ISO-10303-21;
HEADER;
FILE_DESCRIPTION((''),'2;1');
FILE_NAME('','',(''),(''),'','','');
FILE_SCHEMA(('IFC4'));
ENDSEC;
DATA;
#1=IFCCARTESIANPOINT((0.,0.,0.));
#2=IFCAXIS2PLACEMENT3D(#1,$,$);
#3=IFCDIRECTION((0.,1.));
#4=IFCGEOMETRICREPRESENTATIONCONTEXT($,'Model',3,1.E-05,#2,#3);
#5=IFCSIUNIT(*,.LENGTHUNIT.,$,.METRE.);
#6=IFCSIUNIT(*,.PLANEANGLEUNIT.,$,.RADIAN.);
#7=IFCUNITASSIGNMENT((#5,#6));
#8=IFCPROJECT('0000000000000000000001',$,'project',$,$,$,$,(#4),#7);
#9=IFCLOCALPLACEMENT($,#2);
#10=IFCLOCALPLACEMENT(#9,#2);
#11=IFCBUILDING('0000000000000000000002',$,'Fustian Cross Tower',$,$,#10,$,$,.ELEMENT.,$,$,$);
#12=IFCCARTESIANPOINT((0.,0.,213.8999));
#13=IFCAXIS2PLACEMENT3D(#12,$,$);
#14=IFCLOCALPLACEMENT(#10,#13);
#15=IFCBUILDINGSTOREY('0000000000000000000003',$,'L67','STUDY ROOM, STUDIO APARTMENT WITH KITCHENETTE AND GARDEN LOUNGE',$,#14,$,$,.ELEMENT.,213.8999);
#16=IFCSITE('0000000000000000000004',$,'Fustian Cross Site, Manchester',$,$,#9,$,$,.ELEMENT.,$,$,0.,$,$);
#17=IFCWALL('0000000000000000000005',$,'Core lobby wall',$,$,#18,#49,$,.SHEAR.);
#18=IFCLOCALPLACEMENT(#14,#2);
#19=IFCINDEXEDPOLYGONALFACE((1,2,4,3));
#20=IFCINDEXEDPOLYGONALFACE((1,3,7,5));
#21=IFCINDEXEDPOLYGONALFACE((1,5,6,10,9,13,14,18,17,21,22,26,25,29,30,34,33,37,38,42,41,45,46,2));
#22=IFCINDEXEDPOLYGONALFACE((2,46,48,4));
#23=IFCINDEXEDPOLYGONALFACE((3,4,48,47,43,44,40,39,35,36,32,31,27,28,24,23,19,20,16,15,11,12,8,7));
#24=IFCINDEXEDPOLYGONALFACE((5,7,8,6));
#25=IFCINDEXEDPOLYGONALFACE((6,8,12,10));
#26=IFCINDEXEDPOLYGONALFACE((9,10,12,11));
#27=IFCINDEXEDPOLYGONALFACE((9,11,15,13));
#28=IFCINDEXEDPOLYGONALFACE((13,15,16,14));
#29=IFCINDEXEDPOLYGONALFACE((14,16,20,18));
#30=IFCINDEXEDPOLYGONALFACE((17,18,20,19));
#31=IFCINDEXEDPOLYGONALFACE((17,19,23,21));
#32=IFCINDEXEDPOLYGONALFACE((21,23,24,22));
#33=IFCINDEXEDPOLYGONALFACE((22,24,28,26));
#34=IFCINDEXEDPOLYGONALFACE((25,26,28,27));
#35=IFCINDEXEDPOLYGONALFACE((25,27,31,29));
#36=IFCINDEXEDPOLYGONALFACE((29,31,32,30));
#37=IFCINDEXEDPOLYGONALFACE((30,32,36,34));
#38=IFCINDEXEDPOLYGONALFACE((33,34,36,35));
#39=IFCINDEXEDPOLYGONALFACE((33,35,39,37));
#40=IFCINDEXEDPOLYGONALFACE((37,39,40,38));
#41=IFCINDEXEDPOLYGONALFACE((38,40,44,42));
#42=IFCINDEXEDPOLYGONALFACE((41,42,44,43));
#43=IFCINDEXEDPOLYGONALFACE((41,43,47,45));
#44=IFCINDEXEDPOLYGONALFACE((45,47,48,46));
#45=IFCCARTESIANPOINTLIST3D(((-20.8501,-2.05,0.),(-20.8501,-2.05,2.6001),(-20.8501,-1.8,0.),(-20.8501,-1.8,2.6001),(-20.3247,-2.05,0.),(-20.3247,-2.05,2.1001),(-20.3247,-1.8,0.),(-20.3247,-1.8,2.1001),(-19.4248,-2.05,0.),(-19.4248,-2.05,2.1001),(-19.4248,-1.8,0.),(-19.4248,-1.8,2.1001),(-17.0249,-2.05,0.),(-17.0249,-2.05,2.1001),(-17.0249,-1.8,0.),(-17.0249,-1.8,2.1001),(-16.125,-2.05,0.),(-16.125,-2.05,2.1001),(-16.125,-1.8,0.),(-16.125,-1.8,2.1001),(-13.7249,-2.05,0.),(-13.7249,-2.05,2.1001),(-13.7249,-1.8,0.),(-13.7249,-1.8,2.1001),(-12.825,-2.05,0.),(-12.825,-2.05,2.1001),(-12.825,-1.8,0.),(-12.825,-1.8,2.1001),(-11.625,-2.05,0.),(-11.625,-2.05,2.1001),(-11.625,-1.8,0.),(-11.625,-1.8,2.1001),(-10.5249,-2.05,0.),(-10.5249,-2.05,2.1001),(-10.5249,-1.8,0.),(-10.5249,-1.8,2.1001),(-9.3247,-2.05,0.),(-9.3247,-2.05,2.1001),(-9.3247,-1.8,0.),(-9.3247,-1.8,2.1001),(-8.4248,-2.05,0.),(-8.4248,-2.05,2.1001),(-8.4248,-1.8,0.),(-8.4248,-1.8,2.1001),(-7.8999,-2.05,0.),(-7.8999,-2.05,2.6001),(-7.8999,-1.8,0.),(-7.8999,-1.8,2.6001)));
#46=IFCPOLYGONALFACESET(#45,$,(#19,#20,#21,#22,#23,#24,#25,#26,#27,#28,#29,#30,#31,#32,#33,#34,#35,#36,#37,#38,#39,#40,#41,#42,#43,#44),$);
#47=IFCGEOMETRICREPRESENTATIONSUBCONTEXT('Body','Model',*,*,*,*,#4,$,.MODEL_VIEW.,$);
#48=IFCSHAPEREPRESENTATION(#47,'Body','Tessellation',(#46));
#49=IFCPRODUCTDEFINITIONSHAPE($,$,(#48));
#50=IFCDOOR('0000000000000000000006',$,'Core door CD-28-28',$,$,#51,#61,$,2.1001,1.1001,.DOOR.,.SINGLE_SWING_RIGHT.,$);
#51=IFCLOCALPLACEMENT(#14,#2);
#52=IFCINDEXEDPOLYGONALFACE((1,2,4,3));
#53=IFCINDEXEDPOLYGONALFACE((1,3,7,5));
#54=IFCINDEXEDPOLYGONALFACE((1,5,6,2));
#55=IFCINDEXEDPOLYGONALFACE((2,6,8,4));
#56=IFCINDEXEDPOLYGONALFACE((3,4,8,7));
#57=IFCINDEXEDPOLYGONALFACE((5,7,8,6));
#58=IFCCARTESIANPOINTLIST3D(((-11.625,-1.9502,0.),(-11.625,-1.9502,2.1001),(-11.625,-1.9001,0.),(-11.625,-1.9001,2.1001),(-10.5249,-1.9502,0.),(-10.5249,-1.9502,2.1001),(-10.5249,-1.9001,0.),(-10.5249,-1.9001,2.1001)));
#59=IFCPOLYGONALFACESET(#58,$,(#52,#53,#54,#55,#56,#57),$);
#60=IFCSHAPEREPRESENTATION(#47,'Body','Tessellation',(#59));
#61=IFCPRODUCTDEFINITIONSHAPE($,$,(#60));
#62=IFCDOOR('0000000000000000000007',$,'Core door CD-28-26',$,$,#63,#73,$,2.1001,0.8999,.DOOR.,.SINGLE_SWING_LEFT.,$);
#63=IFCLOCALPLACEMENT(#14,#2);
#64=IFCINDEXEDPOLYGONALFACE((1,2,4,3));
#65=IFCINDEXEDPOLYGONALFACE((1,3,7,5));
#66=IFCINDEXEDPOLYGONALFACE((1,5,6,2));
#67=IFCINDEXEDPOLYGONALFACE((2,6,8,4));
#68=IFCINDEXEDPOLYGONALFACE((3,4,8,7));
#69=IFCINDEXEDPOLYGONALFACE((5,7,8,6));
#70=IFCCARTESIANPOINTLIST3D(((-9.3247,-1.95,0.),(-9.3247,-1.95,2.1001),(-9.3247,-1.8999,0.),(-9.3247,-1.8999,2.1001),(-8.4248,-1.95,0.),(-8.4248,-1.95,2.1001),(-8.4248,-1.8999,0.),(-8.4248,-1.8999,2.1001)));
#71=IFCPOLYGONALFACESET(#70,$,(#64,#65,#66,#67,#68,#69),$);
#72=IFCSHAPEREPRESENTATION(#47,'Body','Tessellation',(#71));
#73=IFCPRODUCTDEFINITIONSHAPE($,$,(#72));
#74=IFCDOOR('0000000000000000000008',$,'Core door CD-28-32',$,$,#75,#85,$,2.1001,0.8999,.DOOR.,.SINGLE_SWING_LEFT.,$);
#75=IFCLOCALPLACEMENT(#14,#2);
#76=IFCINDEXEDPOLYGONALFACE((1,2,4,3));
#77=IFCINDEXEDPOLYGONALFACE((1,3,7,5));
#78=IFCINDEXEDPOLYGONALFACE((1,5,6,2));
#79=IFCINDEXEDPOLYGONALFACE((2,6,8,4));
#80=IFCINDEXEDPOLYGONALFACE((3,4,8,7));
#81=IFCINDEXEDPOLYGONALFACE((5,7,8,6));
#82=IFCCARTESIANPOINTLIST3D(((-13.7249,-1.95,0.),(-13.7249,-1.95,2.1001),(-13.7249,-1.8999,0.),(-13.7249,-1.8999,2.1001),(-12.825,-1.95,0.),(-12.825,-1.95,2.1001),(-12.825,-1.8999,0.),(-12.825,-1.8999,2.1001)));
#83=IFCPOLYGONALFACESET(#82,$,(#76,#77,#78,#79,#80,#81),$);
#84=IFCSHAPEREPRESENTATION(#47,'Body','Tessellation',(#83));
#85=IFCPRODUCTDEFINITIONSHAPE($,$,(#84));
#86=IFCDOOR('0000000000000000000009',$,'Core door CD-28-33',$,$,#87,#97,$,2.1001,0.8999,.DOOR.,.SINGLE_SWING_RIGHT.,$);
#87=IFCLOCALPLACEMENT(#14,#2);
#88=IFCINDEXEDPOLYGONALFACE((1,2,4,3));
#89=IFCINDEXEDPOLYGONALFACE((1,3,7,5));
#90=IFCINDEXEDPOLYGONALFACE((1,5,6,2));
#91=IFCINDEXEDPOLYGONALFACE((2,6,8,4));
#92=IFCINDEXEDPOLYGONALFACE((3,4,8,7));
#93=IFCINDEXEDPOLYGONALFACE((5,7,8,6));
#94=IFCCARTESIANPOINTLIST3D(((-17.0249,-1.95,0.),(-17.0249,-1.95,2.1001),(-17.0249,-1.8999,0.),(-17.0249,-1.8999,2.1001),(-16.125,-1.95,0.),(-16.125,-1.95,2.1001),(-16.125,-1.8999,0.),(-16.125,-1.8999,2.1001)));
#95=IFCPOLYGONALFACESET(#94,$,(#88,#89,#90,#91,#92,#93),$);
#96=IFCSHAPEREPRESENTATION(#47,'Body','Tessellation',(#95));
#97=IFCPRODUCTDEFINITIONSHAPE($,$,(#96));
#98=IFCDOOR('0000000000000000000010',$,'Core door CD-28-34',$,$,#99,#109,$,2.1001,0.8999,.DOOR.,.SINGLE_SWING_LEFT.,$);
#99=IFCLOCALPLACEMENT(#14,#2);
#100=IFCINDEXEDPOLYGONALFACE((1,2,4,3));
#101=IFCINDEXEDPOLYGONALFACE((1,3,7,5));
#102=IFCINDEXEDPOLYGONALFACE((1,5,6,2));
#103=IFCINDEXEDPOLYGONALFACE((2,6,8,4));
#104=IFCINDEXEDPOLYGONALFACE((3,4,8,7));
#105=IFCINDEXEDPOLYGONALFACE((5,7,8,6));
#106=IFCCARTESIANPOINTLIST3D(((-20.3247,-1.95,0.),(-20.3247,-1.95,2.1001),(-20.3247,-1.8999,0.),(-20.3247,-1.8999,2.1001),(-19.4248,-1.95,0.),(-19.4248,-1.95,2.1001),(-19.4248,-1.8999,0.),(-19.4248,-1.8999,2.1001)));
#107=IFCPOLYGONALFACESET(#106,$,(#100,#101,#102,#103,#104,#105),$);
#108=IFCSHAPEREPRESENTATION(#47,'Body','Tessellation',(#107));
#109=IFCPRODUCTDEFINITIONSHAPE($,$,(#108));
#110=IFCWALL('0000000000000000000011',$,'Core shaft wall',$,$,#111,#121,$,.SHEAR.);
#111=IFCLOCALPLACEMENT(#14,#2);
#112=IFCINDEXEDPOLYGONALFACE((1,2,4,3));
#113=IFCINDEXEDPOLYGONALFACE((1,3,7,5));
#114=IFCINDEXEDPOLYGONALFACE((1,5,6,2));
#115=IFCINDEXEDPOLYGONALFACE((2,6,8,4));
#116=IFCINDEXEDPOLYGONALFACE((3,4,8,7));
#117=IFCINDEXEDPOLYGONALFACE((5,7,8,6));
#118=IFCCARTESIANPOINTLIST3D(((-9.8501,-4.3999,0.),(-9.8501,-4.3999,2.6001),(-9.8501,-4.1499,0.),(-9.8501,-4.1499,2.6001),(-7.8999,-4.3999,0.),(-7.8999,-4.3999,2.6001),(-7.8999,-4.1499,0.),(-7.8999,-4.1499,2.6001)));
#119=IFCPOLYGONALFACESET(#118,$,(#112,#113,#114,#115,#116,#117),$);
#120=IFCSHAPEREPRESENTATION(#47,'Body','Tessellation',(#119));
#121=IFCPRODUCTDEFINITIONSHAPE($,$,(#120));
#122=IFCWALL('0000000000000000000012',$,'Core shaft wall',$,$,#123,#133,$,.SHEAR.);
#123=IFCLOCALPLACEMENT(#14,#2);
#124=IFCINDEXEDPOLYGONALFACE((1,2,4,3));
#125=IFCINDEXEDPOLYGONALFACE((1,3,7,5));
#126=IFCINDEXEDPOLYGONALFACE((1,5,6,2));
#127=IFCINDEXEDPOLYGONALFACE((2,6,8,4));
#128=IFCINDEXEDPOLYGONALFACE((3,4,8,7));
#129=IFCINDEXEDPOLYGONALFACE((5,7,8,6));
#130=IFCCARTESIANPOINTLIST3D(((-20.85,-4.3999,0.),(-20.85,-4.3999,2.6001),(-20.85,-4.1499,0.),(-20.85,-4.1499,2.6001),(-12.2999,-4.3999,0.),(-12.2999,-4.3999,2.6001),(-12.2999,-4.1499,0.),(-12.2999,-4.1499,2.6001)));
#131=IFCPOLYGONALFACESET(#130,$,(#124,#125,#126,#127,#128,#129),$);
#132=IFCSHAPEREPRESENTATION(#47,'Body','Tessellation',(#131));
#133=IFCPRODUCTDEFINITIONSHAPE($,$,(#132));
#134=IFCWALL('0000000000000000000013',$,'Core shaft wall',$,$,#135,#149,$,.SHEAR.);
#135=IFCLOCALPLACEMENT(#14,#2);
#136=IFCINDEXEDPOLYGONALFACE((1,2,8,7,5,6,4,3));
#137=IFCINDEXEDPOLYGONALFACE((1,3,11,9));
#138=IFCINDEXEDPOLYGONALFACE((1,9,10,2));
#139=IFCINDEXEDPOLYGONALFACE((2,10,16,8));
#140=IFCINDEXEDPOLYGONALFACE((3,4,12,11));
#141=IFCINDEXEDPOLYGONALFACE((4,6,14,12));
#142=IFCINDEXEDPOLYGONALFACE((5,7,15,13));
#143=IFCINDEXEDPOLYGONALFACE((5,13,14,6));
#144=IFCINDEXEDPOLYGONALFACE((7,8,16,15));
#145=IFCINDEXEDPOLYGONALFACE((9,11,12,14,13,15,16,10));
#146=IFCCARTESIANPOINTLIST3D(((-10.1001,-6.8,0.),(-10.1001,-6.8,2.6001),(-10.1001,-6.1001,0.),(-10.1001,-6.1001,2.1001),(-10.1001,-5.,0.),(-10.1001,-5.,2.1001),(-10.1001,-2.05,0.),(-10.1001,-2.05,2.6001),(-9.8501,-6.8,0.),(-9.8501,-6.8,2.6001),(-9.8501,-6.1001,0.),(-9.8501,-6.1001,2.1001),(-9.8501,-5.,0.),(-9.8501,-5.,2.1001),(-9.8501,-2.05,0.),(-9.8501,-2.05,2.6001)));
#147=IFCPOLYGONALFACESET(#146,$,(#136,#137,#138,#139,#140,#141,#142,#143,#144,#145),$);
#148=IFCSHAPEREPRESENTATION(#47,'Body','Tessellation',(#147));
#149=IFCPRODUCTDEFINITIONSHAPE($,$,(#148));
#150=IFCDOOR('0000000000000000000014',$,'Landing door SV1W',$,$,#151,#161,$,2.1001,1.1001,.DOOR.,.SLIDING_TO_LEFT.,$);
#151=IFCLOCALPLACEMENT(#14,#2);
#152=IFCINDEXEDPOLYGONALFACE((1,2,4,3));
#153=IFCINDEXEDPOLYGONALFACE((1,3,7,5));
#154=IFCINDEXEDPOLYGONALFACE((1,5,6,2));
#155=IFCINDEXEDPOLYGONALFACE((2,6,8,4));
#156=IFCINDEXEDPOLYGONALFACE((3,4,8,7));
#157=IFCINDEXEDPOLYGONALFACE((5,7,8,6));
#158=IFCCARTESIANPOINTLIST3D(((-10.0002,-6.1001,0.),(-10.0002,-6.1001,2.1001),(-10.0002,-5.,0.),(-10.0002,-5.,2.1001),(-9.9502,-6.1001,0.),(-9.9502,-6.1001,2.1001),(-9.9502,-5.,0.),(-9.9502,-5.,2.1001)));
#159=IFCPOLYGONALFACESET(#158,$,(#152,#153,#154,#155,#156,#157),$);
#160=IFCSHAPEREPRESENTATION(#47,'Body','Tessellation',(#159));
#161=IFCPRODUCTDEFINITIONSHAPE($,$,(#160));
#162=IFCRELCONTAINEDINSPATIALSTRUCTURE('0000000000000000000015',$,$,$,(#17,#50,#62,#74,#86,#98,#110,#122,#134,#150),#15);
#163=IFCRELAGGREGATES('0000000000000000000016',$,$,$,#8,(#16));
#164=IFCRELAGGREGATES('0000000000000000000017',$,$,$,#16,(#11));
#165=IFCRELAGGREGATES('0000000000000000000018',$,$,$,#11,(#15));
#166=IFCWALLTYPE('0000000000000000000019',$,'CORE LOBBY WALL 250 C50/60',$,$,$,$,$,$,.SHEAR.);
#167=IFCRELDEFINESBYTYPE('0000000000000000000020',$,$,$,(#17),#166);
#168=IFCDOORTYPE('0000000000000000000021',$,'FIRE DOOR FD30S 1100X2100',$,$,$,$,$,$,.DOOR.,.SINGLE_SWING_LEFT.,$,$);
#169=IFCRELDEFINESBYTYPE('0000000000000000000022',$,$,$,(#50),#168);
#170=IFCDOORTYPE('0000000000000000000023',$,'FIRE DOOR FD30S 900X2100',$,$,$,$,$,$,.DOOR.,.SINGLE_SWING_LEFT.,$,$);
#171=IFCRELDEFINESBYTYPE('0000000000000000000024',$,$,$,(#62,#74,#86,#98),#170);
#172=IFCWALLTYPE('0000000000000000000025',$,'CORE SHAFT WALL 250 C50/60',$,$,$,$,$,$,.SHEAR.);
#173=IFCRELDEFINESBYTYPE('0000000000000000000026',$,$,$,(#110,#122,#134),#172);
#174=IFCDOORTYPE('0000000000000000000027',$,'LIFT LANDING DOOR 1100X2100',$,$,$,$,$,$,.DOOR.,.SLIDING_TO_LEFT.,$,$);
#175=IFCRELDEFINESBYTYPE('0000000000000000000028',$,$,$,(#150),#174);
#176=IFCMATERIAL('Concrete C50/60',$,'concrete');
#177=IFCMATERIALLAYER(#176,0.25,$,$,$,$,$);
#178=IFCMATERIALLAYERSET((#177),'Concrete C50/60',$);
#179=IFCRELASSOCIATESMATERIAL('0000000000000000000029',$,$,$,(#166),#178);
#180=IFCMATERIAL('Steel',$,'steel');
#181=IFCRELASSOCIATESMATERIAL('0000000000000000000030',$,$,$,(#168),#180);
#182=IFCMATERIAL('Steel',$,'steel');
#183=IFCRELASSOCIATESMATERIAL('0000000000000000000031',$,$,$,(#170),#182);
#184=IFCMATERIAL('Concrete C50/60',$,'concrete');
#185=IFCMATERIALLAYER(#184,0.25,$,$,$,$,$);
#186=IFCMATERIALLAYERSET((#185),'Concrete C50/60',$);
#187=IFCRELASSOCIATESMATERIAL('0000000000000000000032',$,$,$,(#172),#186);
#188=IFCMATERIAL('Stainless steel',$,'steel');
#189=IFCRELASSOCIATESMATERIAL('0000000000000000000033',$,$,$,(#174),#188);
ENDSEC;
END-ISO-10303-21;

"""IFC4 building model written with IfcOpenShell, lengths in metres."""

from ifc_helpers import new_model, si_unit, direction, frame, frame_2d, origin, place, context, subcontext, project, spatial, rectangle, extrude, material, layer, layer_set, type_object, element, fill, save


model = new_model("IFC4")

# Units and contexts
model_context = context("Model", 3, precision=1e-05, world=origin(), true_north=direction((0.0, 1.0)))
body_context = subcontext(model_context, "Body", "Model", "MODEL_VIEW")
ifc_project = project(units=[si_unit("LENGTHUNIT", "METRE"), si_unit("PLANEANGLEUNIT", "RADIAN")], contexts=[model_context])

# Site, building, storey
site_placement = place(None, origin())
site = spatial("IfcSite", under=ifc_project, at=site_placement, Name="Fustian Cross Site, Manchester", CompositionType="ELEMENT", RefElevation=0.0)
building_placement = place(site_placement, origin())
building = spatial("IfcBuilding", under=site, at=building_placement, Name="Fustian Cross Tower", CompositionType="ELEMENT")
storey_placement = place(building_placement, frame((0.0, 0.0, 213.8999)))
storey = spatial("IfcBuildingStorey", under=building, at=storey_placement, Name="L67", Description="STUDY ROOM, STUDIO APARTMENT WITH KITCHENETTE AND GARDEN LOUNGE", CompositionType="ELEMENT", Elevation=213.8999)

# Wall, openings, doors
ifc_material_1 = material(Name="Concrete C50/60", Category="concrete")
ifc_layer_1 = layer(ifc_material_1, 0.25)
ifc_layer_set_1 = layer_set([ifc_layer_1], Name="Concrete C50/60")
wall_type_1 = type_object("IfcWallType", Name="CORE LOBBY WALL 250 C50/60", PredefinedType="SHEAR", material=ifc_layer_set_1)
wall_1_placement = place(storey_placement, frame((-7.8999, -1.925, 0.0), z_axis=(0.0, 0.0, 1.0), x_axis=(-1.0, 0.0, 0.0)))
wall_1 = element("IfcWall", 1, at=wall_1_placement, inside=storey, type_object=wall_type_1, Name="Core lobby wall", PredefinedType="SHEAR", context=body_context, shape_type="SweptSolid", body=[
    extrude(rectangle(XDim=12.9502, YDim=0.25, at=frame_2d((6.4751, 0.0))), origin(), (0.0, 0.0, 1.0), 2.6001),
])
opening_1_placement = place(wall_1_placement, frame((0.5249, 0.0, 0.0)))
opening_1 = element("IfcOpeningElement", 2, at=opening_1_placement, cuts=wall_1, PredefinedType="OPENING", context=body_context, shape_type="SweptSolid", body=[
    extrude(rectangle(XDim=0.8999, YDim=2.1001, at=frame_2d((0.45, 1.05))), frame((0.0, 0.135, 0.0), z_axis=(0.0, -1.0, 0.0), x_axis=(1.0, 0.0, 0.0)), (0.0, 0.0, 1.0), 0.27),
])
opening_2_placement = place(wall_1_placement, frame((2.625, 0.0, 0.0)))
opening_2 = element("IfcOpeningElement", 3, at=opening_2_placement, cuts=wall_1, PredefinedType="OPENING", context=body_context, shape_type="SweptSolid", body=[
    extrude(rectangle(XDim=1.1001, YDim=2.1001, at=frame_2d((0.55, 1.05))), frame((0.0, 0.135, 0.0), z_axis=(0.0, -1.0, 0.0), x_axis=(1.0, 0.0, 0.0)), (0.0, 0.0, 1.0), 0.27),
])
opening_3_placement = place(wall_1_placement, frame((4.925, 0.0, 0.0)))
opening_3 = element("IfcOpeningElement", 4, at=opening_3_placement, cuts=wall_1, PredefinedType="OPENING", context=body_context, shape_type="SweptSolid", body=[
    extrude(rectangle(XDim=0.8999, YDim=2.1001, at=frame_2d((0.45, 1.05))), frame((0.0, 0.135, 0.0), z_axis=(0.0, -1.0, 0.0), x_axis=(1.0, 0.0, 0.0)), (0.0, 0.0, 1.0), 0.27),
])
opening_4_placement = place(wall_1_placement, frame((8.2251, 0.0, 0.0)))
opening_4 = element("IfcOpeningElement", 5, at=opening_4_placement, cuts=wall_1, PredefinedType="OPENING", context=body_context, shape_type="SweptSolid", body=[
    extrude(rectangle(XDim=0.8999, YDim=2.1001, at=frame_2d((0.45, 1.05))), frame((0.0, 0.135, 0.0), z_axis=(0.0, -1.0, 0.0), x_axis=(1.0, 0.0, 0.0)), (0.0, 0.0, 1.0), 0.27),
])
opening_5_placement = place(wall_1_placement, frame((11.5249, 0.0, 0.0)))
opening_5 = element("IfcOpeningElement", 6, at=opening_5_placement, cuts=wall_1, PredefinedType="OPENING", context=body_context, shape_type="SweptSolid", body=[
    extrude(rectangle(XDim=0.8999, YDim=2.1001, at=frame_2d((0.45, 1.05))), frame((0.0, 0.135, 0.0), z_axis=(0.0, -1.0, 0.0), x_axis=(1.0, 0.0, 0.0)), (0.0, 0.0, 1.0), 0.27),
])
ifc_material_2 = material(Name="Steel", Category="steel")
door_type_1 = type_object("IfcDoorType", Name="FIRE DOOR FD30S 1100X2100", OperationType="SINGLE_SWING_LEFT", PredefinedType="DOOR", material=ifc_material_2)
door_1_placement = place(opening_2_placement, frame((1.1001, 0.0, 0.0), z_axis=(0.0, 0.0, 1.0), x_axis=(-1.0, 0.0, 0.0)))
door_1 = element("IfcDoor", 7, at=door_1_placement, inside=storey, type_object=door_type_1, Name="Core door CD-28-28", OperationType="SINGLE_SWING_RIGHT", OverallHeight=2.1001, OverallWidth=1.1001, PredefinedType="DOOR", context=body_context, shape_type="SweptSolid", body=[
    extrude(rectangle(XDim=1.1001, YDim=2.1001, at=frame_2d((0.55, 1.05))), frame((0.0, 0.0249, 0.0), z_axis=(0.0, -1.0, 0.0), x_axis=(1.0, 0.0, 0.0)), (0.0, 0.0, 1.0), 0.05),
])
fill(opening_2, door_1)
ifc_material_3 = material(Name="Steel", Category="steel")
door_type_2 = type_object("IfcDoorType", Name="FIRE DOOR FD30S 900X2100", OperationType="SINGLE_SWING_LEFT", PredefinedType="DOOR", material=ifc_material_3)
door_2_placement = place(opening_1_placement, origin())
door_2 = element("IfcDoor", 8, at=door_2_placement, inside=storey, type_object=door_type_2, Name="Core door CD-28-26", OperationType="SINGLE_SWING_LEFT", OverallHeight=2.1001, OverallWidth=0.8999, PredefinedType="DOOR", context=body_context, shape_type="SweptSolid", body=[
    extrude(rectangle(XDim=0.8999, YDim=2.1001, at=frame_2d((0.45, 1.05))), frame((0.0, 0.0249, 0.0), z_axis=(0.0, -1.0, 0.0), x_axis=(1.0, 0.0, 0.0)), (0.0, 0.0, 1.0), 0.05),
])
fill(opening_1, door_2)
door_3_placement = place(opening_3_placement, origin())
door_3 = element("IfcDoor", 9, at=door_3_placement, inside=storey, type_object=door_type_2, Name="Core door CD-28-32", OperationType="SINGLE_SWING_LEFT", OverallHeight=2.1001, OverallWidth=0.8999, PredefinedType="DOOR", context=body_context, shape_type="SweptSolid", body=[
    extrude(rectangle(XDim=0.8999, YDim=2.1001, at=frame_2d((0.45, 1.05))), frame((0.0, 0.0249, 0.0), z_axis=(0.0, -1.0, 0.0), x_axis=(1.0, 0.0, 0.0)), (0.0, 0.0, 1.0), 0.05),
])
fill(opening_3, door_3)
door_4_placement = place(opening_4_placement, origin())
door_4 = element("IfcDoor", 10, at=door_4_placement, inside=storey, type_object=door_type_2, Name="Core door CD-28-33", OperationType="SINGLE_SWING_RIGHT", OverallHeight=2.1001, OverallWidth=0.8999, PredefinedType="DOOR", context=body_context, shape_type="SweptSolid", body=[
    extrude(rectangle(XDim=0.8999, YDim=2.1001, at=frame_2d((0.45, 1.05))), frame((0.0, 0.0249, 0.0), z_axis=(0.0, -1.0, 0.0), x_axis=(1.0, 0.0, 0.0)), (0.0, 0.0, 1.0), 0.05),
])
fill(opening_4, door_4)
door_5_placement = place(opening_5_placement, origin())
door_5 = element("IfcDoor", 11, at=door_5_placement, inside=storey, type_object=door_type_2, Name="Core door CD-28-34", OperationType="SINGLE_SWING_LEFT", OverallHeight=2.1001, OverallWidth=0.8999, PredefinedType="DOOR", context=body_context, shape_type="SweptSolid", body=[
    extrude(rectangle(XDim=0.8999, YDim=2.1001, at=frame_2d((0.45, 1.05))), frame((0.0, 0.0249, 0.0), z_axis=(0.0, -1.0, 0.0), x_axis=(1.0, 0.0, 0.0)), (0.0, 0.0, 1.0), 0.05),
])
fill(opening_5, door_5)

# Walls
ifc_material_4 = material(Name="Concrete C50/60", Category="concrete")
ifc_layer_2 = layer(ifc_material_4, 0.25)
ifc_layer_set_2 = layer_set([ifc_layer_2], Name="Concrete C50/60")
wall_type_2 = type_object("IfcWallType", Name="CORE SHAFT WALL 250 C50/60", PredefinedType="SHEAR", material=ifc_layer_set_2)
wall_2_placement = place(storey_placement, frame((-7.8999, -4.2749, 0.0), z_axis=(0.0, 0.0, 1.0), x_axis=(-1.0, 0.0, 0.0)))
element("IfcWall", 12, at=wall_2_placement, inside=storey, type_object=wall_type_2, Name="Core shaft wall", PredefinedType="SHEAR", context=body_context, shape_type="SweptSolid", body=[
    extrude(rectangle(XDim=1.9502, YDim=0.25, at=frame_2d((0.9751, 0.0))), origin(), (0.0, 0.0, 1.0), 2.6001),
])
wall_3_placement = place(storey_placement, frame((-12.3, -4.2749, 0.0), z_axis=(0.0, 0.0, 1.0), x_axis=(-1.0, 0.0, 0.0)))
element("IfcWall", 13, at=wall_3_placement, inside=storey, type_object=wall_type_2, Name="Core shaft wall", PredefinedType="SHEAR", context=body_context, shape_type="SweptSolid", body=[
    extrude(rectangle(XDim=8.55, YDim=0.25, at=frame_2d((4.2749, 0.0))), origin(), (0.0, 0.0, 1.0), 2.6001),
])

# Wall, opening, door
wall_4_placement = place(storey_placement, frame((-9.9751, -2.05, 0.0), z_axis=(0.0, 0.0, 1.0), x_axis=(0.0, -1.0, 0.0)))
wall_4 = element("IfcWall", 14, at=wall_4_placement, inside=storey, type_object=wall_type_2, Name="Core shaft wall", PredefinedType="SHEAR", context=body_context, shape_type="SweptSolid", body=[
    extrude(rectangle(XDim=4.75, YDim=0.25, at=frame_2d((2.375, 0.0))), origin(), (0.0, 0.0, 1.0), 2.6001),
])
opening_6_placement = place(wall_4_placement, frame((2.95, 0.0, 0.0)))
opening_6 = element("IfcOpeningElement", 15, at=opening_6_placement, cuts=wall_4, PredefinedType="OPENING", context=body_context, shape_type="SweptSolid", body=[
    extrude(rectangle(XDim=1.1001, YDim=2.1001, at=frame_2d((0.55, 1.05))), frame((0.0, 0.135, 0.0), z_axis=(0.0, -1.0, 0.0), x_axis=(1.0, 0.0, 0.0)), (0.0, 0.0, 1.0), 0.27),
])
ifc_material_5 = material(Name="Stainless steel", Category="steel")
door_type_3 = type_object("IfcDoorType", Name="LIFT LANDING DOOR 1100X2100", OperationType="SLIDING_TO_LEFT", PredefinedType="DOOR", material=ifc_material_5)
door_6_placement = place(opening_6_placement, origin())
door_6 = element("IfcDoor", 16, at=door_6_placement, inside=storey, type_object=door_type_3, Name="Landing door SV1W", OperationType="SLIDING_TO_LEFT", OverallHeight=2.1001, OverallWidth=1.1001, PredefinedType="DOOR", context=body_context, shape_type="SweptSolid", body=[
    extrude(rectangle(XDim=1.1001, YDim=2.1001, at=frame_2d((0.55, 1.05))), frame((0.0, 0.0249, 0.0), z_axis=(0.0, -1.0, 0.0), x_axis=(1.0, 0.0, 0.0)), (0.0, 0.0, 1.0), 0.05),
])
fill(opening_6, door_6)

save(model, "model.ifc")
